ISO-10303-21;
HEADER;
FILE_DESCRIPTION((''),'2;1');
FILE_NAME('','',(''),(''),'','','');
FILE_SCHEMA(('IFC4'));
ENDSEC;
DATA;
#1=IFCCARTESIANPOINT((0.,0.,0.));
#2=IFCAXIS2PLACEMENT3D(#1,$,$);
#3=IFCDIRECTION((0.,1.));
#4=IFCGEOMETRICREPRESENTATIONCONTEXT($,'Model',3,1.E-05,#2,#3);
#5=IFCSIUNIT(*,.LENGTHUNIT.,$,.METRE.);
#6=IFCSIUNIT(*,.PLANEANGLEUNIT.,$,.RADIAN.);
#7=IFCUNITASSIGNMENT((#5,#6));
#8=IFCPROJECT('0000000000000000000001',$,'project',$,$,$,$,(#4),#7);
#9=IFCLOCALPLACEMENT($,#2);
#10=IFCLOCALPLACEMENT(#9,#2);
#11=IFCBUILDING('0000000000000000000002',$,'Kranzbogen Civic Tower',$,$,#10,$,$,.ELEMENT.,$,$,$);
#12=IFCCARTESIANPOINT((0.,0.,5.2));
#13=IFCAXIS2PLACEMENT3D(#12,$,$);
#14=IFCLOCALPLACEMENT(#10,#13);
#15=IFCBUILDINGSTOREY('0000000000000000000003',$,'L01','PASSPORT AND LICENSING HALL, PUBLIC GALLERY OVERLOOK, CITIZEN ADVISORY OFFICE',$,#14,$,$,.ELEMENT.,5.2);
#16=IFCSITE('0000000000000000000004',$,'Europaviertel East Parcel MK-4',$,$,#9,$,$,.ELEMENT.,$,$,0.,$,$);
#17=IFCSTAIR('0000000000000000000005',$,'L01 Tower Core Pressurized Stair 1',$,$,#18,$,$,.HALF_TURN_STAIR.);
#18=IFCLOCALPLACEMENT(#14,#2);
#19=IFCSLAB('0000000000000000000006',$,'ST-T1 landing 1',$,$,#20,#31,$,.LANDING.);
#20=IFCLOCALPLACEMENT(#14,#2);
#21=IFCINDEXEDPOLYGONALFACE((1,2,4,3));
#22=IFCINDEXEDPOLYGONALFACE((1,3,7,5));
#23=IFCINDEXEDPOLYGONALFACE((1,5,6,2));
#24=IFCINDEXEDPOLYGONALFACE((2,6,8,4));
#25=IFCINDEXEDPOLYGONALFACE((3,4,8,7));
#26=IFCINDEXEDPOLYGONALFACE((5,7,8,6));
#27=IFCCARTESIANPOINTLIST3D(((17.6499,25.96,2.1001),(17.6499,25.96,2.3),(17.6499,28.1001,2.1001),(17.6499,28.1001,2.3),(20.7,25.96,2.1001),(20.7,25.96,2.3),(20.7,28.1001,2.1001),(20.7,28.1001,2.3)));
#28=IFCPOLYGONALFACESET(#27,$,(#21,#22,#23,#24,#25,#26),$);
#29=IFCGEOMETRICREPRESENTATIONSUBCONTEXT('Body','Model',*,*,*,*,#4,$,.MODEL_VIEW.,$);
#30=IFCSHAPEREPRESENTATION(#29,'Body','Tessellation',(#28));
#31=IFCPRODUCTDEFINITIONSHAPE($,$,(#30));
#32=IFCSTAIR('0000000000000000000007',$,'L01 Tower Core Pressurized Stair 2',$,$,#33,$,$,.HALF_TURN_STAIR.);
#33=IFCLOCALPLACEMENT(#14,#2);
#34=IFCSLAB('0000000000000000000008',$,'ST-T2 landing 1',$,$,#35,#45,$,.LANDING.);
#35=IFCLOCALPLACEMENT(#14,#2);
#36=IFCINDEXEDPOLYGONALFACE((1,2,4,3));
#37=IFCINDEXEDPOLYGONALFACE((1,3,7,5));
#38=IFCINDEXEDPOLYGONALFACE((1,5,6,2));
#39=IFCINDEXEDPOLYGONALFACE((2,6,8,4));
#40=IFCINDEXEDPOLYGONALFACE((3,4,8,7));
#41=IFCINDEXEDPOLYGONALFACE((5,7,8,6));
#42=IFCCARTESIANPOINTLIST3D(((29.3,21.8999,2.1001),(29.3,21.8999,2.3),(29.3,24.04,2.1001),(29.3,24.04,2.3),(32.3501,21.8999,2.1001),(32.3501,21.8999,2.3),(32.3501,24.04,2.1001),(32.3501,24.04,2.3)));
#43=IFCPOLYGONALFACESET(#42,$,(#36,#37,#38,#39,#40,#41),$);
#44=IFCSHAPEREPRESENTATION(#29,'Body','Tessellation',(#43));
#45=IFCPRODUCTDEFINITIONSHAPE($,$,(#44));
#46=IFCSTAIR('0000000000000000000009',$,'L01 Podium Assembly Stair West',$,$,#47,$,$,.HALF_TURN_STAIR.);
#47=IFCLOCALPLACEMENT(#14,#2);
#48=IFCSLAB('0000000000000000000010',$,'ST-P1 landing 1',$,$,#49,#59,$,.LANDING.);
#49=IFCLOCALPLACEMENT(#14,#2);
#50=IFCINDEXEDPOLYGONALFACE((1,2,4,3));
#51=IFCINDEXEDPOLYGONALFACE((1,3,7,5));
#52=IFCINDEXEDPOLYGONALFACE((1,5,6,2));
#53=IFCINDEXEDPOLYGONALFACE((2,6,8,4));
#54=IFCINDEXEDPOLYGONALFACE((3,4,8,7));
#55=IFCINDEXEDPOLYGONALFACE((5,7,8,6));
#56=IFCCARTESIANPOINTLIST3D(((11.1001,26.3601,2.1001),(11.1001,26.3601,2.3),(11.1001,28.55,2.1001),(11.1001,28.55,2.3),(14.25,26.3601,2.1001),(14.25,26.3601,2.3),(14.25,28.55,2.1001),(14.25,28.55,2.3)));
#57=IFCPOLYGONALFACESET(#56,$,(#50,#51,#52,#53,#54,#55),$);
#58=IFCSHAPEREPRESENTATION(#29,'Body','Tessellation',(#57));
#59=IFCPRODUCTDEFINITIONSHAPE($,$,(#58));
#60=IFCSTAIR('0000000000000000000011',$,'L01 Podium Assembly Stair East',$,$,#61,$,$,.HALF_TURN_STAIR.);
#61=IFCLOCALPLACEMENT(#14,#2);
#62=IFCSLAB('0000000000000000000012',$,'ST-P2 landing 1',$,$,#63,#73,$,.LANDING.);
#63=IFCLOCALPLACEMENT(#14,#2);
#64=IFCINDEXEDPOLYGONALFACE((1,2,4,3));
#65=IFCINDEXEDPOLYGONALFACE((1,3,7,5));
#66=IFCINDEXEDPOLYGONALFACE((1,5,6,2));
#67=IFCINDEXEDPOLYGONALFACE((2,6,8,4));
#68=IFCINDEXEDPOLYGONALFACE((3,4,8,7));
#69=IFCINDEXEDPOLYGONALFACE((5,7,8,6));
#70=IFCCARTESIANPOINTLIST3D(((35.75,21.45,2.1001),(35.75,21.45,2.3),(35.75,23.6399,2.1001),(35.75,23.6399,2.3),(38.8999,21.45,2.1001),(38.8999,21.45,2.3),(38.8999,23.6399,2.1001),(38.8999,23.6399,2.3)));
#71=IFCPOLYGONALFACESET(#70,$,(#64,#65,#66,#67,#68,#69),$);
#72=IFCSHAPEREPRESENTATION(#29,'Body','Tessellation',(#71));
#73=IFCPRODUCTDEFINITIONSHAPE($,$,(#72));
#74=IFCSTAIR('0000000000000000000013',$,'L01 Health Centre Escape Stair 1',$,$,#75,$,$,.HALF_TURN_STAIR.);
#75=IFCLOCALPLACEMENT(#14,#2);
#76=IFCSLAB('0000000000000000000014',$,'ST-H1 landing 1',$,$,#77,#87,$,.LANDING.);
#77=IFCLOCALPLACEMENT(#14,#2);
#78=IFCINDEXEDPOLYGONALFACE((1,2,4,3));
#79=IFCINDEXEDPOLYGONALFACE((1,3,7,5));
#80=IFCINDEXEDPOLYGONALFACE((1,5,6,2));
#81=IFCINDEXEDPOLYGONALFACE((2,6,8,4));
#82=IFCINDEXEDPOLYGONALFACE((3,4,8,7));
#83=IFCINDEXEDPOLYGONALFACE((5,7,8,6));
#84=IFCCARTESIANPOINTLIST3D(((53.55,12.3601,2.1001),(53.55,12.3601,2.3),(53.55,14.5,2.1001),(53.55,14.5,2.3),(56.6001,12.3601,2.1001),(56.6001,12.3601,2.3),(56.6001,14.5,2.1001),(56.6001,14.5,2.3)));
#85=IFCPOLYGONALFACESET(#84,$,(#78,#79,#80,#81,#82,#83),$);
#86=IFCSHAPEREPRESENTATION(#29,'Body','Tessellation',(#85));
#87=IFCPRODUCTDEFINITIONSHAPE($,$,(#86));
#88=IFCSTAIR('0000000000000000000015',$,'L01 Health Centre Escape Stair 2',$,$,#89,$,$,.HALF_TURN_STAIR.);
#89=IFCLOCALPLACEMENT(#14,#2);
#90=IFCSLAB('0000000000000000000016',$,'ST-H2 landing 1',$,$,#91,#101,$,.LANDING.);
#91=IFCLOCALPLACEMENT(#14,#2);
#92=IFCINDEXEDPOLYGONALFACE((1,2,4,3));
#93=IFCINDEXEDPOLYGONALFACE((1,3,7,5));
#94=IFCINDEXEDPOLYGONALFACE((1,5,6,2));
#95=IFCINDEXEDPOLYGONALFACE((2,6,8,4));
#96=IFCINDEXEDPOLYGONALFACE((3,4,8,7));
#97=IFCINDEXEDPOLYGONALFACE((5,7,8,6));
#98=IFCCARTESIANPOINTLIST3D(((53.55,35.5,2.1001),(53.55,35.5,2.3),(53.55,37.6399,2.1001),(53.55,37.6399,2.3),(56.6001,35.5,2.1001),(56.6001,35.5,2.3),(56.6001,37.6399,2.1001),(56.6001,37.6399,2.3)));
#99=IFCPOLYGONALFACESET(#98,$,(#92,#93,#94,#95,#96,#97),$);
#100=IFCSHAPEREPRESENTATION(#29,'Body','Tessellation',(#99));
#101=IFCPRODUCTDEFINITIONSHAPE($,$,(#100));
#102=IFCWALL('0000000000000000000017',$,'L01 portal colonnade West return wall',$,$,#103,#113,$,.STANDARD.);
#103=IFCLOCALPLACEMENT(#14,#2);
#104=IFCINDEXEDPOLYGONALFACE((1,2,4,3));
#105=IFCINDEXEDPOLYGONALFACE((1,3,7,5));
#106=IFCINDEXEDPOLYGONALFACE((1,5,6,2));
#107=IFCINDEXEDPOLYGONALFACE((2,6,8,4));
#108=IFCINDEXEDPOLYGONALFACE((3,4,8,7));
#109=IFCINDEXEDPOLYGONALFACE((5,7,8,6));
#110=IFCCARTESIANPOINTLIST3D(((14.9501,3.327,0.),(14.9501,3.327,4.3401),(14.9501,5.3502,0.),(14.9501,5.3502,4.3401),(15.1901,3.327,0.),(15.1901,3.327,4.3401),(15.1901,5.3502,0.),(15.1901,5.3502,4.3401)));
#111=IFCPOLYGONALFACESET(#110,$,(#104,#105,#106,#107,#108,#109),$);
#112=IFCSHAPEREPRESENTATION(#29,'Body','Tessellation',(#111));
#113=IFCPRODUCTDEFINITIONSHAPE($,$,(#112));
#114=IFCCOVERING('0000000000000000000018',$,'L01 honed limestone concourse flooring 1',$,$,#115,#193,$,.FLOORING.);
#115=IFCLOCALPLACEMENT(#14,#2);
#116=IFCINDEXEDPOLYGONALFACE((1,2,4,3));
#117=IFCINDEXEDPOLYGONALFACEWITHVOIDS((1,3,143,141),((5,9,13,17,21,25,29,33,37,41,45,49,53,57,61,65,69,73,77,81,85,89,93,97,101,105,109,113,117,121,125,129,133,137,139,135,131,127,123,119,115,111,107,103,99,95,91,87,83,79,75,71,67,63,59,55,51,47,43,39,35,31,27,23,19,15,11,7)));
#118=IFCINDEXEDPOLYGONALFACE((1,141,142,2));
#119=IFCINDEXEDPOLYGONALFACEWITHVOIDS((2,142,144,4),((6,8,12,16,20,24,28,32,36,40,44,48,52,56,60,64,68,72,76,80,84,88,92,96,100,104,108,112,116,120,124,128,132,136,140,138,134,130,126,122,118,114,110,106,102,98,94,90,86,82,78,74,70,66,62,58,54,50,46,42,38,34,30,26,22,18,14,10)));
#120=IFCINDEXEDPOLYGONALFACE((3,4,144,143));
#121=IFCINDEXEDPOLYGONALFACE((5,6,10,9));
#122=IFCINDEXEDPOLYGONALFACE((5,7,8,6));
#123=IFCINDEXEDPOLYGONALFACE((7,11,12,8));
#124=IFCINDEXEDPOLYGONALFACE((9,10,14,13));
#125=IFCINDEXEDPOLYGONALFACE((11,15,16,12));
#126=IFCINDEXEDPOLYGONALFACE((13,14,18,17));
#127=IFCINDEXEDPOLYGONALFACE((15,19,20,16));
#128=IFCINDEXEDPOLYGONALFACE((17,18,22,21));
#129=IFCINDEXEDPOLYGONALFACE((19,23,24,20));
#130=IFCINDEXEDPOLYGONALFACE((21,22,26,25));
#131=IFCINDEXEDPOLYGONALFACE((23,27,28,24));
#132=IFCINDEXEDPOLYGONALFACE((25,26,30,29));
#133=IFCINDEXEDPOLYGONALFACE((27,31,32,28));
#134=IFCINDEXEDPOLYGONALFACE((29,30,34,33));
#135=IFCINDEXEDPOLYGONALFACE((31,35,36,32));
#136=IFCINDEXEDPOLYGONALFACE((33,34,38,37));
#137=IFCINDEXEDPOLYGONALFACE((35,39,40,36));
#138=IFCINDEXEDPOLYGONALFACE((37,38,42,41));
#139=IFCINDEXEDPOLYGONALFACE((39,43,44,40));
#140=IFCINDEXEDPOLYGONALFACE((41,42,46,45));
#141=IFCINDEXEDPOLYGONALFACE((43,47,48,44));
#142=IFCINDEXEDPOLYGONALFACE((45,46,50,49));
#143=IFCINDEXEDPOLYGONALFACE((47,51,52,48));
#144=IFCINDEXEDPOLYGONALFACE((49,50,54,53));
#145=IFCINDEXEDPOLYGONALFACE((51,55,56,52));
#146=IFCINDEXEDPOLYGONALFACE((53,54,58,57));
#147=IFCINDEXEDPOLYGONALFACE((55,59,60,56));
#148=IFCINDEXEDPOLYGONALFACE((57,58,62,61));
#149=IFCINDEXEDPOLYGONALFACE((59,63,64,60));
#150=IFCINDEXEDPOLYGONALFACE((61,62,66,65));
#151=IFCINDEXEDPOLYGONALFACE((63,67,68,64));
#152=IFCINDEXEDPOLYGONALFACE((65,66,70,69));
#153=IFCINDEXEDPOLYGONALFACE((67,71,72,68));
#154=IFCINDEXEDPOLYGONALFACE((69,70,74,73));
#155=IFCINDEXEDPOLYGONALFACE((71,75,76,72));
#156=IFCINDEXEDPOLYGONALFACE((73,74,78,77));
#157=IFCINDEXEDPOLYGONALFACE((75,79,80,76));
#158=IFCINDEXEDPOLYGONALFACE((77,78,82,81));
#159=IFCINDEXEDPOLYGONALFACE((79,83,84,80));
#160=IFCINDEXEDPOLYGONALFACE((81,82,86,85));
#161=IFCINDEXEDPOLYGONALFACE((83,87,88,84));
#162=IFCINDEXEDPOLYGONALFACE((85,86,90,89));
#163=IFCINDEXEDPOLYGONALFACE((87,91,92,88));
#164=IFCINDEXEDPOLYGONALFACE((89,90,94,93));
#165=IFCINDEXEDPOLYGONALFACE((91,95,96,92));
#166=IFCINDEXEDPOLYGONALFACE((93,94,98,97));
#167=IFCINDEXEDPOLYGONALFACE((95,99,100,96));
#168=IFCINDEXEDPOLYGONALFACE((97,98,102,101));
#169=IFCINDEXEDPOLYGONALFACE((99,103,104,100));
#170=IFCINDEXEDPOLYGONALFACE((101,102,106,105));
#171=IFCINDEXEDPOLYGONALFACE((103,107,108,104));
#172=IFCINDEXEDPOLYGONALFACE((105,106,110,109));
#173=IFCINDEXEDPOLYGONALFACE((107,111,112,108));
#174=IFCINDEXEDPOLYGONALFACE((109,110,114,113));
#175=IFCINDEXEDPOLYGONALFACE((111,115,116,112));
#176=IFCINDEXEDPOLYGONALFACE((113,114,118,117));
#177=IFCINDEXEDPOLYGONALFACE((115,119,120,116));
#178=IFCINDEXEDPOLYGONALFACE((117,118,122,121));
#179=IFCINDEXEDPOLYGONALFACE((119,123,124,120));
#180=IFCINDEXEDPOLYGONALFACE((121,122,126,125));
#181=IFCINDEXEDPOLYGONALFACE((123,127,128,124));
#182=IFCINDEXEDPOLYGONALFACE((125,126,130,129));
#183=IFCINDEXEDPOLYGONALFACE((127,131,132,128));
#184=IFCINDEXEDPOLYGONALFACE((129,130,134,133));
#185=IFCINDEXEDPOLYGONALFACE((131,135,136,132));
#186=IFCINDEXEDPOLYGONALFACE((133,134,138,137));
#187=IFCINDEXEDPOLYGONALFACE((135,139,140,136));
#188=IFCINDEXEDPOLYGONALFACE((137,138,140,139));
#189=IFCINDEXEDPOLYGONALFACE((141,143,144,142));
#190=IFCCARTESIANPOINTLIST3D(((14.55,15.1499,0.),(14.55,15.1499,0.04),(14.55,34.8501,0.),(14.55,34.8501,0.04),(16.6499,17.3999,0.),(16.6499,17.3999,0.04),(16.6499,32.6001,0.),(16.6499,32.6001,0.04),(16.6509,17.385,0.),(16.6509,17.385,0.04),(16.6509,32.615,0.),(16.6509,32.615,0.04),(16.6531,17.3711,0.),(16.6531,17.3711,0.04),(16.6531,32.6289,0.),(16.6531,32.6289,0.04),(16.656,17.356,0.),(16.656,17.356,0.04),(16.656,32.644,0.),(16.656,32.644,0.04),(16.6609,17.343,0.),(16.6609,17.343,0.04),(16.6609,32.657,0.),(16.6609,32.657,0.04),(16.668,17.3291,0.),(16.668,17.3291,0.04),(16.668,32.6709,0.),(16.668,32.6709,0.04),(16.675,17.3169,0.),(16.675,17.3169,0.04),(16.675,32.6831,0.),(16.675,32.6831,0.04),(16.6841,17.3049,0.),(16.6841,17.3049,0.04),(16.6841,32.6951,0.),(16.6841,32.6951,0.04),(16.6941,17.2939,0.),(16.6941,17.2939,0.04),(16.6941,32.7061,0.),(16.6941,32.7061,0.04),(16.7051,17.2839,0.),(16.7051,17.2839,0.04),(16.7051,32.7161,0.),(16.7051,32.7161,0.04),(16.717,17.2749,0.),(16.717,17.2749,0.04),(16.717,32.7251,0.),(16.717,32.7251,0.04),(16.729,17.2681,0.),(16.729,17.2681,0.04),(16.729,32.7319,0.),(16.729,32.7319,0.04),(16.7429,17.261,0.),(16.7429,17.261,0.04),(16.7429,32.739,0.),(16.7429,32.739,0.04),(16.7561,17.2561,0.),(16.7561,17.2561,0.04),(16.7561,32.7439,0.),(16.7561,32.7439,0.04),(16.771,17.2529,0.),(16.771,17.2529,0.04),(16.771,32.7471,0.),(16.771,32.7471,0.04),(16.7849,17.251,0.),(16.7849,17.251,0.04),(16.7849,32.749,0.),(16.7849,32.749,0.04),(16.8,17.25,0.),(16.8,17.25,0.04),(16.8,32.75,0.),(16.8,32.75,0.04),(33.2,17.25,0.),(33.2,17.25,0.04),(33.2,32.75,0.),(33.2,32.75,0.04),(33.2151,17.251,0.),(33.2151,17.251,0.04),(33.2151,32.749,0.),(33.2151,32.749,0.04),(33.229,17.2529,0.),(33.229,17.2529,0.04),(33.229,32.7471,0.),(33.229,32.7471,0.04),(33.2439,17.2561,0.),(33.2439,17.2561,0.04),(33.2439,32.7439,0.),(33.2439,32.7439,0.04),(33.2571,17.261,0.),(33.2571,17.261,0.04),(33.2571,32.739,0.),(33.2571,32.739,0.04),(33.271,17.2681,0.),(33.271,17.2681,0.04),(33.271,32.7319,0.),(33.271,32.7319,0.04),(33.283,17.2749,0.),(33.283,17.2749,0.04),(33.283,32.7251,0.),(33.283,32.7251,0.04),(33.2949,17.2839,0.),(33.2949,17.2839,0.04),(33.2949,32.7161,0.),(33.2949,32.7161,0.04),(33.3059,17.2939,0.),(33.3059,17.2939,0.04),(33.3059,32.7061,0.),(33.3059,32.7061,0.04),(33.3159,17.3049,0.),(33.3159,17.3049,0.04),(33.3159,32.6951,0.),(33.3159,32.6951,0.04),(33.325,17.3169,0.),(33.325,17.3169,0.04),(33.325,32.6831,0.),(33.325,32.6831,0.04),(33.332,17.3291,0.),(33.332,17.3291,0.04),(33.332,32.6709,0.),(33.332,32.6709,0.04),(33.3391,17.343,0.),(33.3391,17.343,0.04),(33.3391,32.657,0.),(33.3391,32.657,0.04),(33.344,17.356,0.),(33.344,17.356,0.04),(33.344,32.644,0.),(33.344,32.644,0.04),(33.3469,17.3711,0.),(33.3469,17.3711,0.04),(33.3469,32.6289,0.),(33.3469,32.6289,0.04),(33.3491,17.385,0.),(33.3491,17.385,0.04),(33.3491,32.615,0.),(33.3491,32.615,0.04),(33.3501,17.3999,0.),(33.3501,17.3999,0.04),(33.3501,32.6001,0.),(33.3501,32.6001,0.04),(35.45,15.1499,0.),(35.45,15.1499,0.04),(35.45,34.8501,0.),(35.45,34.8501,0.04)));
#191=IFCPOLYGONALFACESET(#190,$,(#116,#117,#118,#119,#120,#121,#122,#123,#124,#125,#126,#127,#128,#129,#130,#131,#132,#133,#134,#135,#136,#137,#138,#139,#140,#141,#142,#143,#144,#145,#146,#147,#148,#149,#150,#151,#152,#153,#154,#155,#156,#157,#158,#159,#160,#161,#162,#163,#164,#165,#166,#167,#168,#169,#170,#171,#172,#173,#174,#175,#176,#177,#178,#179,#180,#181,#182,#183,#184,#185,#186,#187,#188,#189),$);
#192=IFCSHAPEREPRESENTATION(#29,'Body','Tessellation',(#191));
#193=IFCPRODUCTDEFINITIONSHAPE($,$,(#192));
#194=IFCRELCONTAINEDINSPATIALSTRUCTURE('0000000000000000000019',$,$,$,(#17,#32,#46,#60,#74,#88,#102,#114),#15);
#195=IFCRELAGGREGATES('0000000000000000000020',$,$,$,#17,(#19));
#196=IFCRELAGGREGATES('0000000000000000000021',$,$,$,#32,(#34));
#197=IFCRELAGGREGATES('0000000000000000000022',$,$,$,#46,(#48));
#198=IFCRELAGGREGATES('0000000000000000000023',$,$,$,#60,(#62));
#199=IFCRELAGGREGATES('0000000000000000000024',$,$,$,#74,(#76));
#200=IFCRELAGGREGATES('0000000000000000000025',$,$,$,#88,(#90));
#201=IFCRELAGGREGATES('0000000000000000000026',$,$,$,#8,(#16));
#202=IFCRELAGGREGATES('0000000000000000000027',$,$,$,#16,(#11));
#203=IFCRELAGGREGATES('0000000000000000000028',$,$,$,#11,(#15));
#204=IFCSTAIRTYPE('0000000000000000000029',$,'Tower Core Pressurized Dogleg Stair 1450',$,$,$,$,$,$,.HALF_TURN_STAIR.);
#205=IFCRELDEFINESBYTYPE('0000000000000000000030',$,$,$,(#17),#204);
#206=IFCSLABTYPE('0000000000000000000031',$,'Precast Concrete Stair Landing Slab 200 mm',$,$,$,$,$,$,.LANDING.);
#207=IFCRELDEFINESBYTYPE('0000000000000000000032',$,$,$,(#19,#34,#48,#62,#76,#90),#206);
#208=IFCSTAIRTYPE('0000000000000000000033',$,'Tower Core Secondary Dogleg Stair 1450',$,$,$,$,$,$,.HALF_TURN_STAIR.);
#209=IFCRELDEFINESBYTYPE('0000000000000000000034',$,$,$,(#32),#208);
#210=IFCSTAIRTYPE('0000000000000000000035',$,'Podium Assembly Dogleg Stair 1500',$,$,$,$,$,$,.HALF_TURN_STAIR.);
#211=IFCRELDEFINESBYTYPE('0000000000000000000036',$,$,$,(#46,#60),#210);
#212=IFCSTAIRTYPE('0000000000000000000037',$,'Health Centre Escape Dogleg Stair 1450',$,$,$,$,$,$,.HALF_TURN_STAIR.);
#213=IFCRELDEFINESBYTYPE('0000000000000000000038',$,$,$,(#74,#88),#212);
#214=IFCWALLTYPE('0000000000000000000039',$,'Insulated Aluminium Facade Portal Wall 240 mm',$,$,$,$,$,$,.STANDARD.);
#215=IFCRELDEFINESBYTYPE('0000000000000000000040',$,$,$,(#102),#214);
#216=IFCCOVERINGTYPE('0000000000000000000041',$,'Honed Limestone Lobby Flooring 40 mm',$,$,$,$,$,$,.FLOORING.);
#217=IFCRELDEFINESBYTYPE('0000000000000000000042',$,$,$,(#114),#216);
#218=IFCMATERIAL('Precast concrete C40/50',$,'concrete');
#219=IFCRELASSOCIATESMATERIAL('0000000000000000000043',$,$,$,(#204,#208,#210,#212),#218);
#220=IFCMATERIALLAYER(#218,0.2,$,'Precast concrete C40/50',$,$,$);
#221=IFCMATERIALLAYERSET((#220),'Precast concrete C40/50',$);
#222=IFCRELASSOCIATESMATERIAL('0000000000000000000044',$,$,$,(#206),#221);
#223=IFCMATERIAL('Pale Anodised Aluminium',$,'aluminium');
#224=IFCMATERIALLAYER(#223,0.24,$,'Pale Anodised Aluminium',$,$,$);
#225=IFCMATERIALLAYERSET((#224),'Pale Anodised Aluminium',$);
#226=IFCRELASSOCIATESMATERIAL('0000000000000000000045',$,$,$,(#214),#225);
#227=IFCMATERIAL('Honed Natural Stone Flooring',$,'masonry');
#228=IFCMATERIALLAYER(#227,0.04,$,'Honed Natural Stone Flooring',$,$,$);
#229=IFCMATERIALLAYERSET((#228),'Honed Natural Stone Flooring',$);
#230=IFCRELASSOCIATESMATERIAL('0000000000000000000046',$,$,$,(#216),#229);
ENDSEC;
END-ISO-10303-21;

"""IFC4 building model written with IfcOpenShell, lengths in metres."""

from ifc_helpers import new_model, si_unit, direction, frame, frame_2d, origin, place, context, subcontext, project, spatial, polyline, rectangle, outline, extrude, material, layer, layer_set, type_object, element, aggregate, save


model = new_model("IFC4")

# Units and contexts
model_context = context("Model", 3, precision=1e-05, world=origin(), true_north=direction((0.0, 1.0)))
body_context = subcontext(model_context, "Body", "Model", "MODEL_VIEW")
ifc_project = project(units=[si_unit("LENGTHUNIT", "METRE"), si_unit("PLANEANGLEUNIT", "RADIAN")], contexts=[model_context])

# Site, building, storey
site_placement = place(None, origin())
site = spatial("IfcSite", under=ifc_project, at=site_placement, Name="Europaviertel East Parcel MK-4", CompositionType="ELEMENT", RefElevation=0.0)
building_placement = place(site_placement, origin())
building = spatial("IfcBuilding", under=site, at=building_placement, Name="Kranzbogen Civic Tower", CompositionType="ELEMENT")
storey_placement = place(building_placement, frame((0.0, 0.0, 5.2)))
storey = spatial("IfcBuildingStorey", under=building, at=storey_placement, Name="L01", Description="PASSPORT AND LICENSING HALL, PUBLIC GALLERY OVERLOOK, CITIZEN ADVISORY OFFICE", CompositionType="ELEMENT", Elevation=5.2)

# Shared definitions
ifc_material_1 = material(Name="Pale Anodised Aluminium", Category="aluminium")

# Stairs, slabs
ifc_material_2 = material(Name="Precast concrete C40/50", Category="concrete")
stair_type_1 = type_object("IfcStairType", Name="Tower Core Pressurized Dogleg Stair 1450", PredefinedType="HALF_TURN_STAIR", material=ifc_material_2)
stair_1_placement = place(storey_placement, origin())
stair_1 = element("IfcStair", 1, at=stair_1_placement, inside=storey, type_object=stair_type_1, Name="L01 Tower Core Pressurized Stair 1", PredefinedType="HALF_TURN_STAIR")
ifc_layer_1 = layer(ifc_material_2, 0.2, Name="Precast concrete C40/50")
ifc_layer_set_1 = layer_set([ifc_layer_1], Name="Precast concrete C40/50")
slab_type_1 = type_object("IfcSlabType", Name="Precast Concrete Stair Landing Slab 200 mm", PredefinedType="LANDING", material=ifc_layer_set_1)
slab_1_placement = place(storey_placement, frame((0.0, 0.0, 2.1001)))
slab_1 = element("IfcSlab", 2, at=slab_1_placement, type_object=slab_type_1, Name="ST-T1 landing 1", PredefinedType="LANDING", context=body_context, shape_type="SweptSolid", body=[
    extrude(outline(polyline([(20.7, 25.96), (20.7, 28.1001), (17.6499, 28.1001), (17.6499, 25.96), (20.7, 25.96)])), origin(), (0.0, 0.0, 1.0), 0.2),
])
aggregate(stair_1, [slab_1])
stair_type_2 = type_object("IfcStairType", Name="Tower Core Secondary Dogleg Stair 1450", PredefinedType="HALF_TURN_STAIR", material=ifc_material_2)
stair_2_placement = place(storey_placement, origin())
stair_2 = element("IfcStair", 3, at=stair_2_placement, inside=storey, type_object=stair_type_2, Name="L01 Tower Core Pressurized Stair 2", PredefinedType="HALF_TURN_STAIR")
slab_2_placement = place(storey_placement, frame((0.0, 0.0, 2.1001)))
slab_2 = element("IfcSlab", 4, at=slab_2_placement, type_object=slab_type_1, Name="ST-T2 landing 1", PredefinedType="LANDING", context=body_context, shape_type="SweptSolid", body=[
    extrude(outline(polyline([(29.3, 24.04), (29.3, 21.8999), (32.3501, 21.8999), (32.3501, 24.04), (29.3, 24.04)])), origin(), (0.0, 0.0, 1.0), 0.2),
])
aggregate(stair_2, [slab_2])
stair_type_3 = type_object("IfcStairType", Name="Podium Assembly Dogleg Stair 1500", PredefinedType="HALF_TURN_STAIR", material=ifc_material_2)
stair_3_placement = place(storey_placement, origin())
stair_3 = element("IfcStair", 5, at=stair_3_placement, inside=storey, type_object=stair_type_3, Name="L01 Podium Assembly Stair West", PredefinedType="HALF_TURN_STAIR")
slab_3_placement = place(storey_placement, frame((0.0, 0.0, 2.1001)))
slab_3 = element("IfcSlab", 6, at=slab_3_placement, type_object=slab_type_1, Name="ST-P1 landing 1", PredefinedType="LANDING", context=body_context, shape_type="SweptSolid", body=[
    extrude(outline(polyline([(14.25, 26.3601), (14.25, 28.55), (11.1001, 28.55), (11.1001, 26.3601), (14.25, 26.3601)])), origin(), (0.0, 0.0, 1.0), 0.2),
])
aggregate(stair_3, [slab_3])
stair_4_placement = place(storey_placement, origin())
stair_4 = element("IfcStair", 7, at=stair_4_placement, inside=storey, type_object=stair_type_3, Name="L01 Podium Assembly Stair East", PredefinedType="HALF_TURN_STAIR")
slab_4_placement = place(storey_placement, frame((0.0, 0.0, 2.1001)))
slab_4 = element("IfcSlab", 8, at=slab_4_placement, type_object=slab_type_1, Name="ST-P2 landing 1", PredefinedType="LANDING", context=body_context, shape_type="SweptSolid", body=[
    extrude(outline(polyline([(35.75, 23.6399), (35.75, 21.45), (38.8999, 21.45), (38.8999, 23.6399), (35.75, 23.6399)])), origin(), (0.0, 0.0, 1.0), 0.2),
])
aggregate(stair_4, [slab_4])
stair_type_4 = type_object("IfcStairType", Name="Health Centre Escape Dogleg Stair 1450", PredefinedType="HALF_TURN_STAIR", material=ifc_material_2)
stair_5_placement = place(storey_placement, origin())
stair_5 = element("IfcStair", 9, at=stair_5_placement, inside=storey, type_object=stair_type_4, Name="L01 Health Centre Escape Stair 1", PredefinedType="HALF_TURN_STAIR")
slab_5_placement = place(storey_placement, frame((0.0, 0.0, 2.1001)))
slab_5 = element("IfcSlab", 10, at=slab_5_placement, type_object=slab_type_1, Name="ST-H1 landing 1", PredefinedType="LANDING", context=body_context, shape_type="SweptSolid", body=[
    extrude(outline(polyline([(56.6001, 12.3601), (56.6001, 14.5), (53.55, 14.5), (53.55, 12.3601), (56.6001, 12.3601)])), origin(), (0.0, 0.0, 1.0), 0.2),
])
aggregate(stair_5, [slab_5])
stair_6_placement = place(storey_placement, origin())
stair_6 = element("IfcStair", 11, at=stair_6_placement, inside=storey, type_object=stair_type_4, Name="L01 Health Centre Escape Stair 2", PredefinedType="HALF_TURN_STAIR")
slab_6_placement = place(storey_placement, frame((0.0, 0.0, 2.1001)))
slab_6 = element("IfcSlab", 12, at=slab_6_placement, type_object=slab_type_1, Name="ST-H2 landing 1", PredefinedType="LANDING", context=body_context, shape_type="SweptSolid", body=[
    extrude(outline(polyline([(53.55, 37.6399), (53.55, 35.5), (56.6001, 35.5), (56.6001, 37.6399), (53.55, 37.6399)])), origin(), (0.0, 0.0, 1.0), 0.2),
])
aggregate(stair_6, [slab_6])

# Wall
ifc_layer_2 = layer(ifc_material_1, 0.24, Name="Pale Anodised Aluminium")
ifc_layer_set_2 = layer_set([ifc_layer_2], Name="Pale Anodised Aluminium")
wall_type = type_object("IfcWallType", Name="Insulated Aluminium Facade Portal Wall 240 mm", PredefinedType="STANDARD", material=ifc_layer_set_2)
wall_placement = place(storey_placement, frame((15.0701, 3.3269, 0.0), z_axis=(0.0, 0.0, 1.0), x_axis=(0.0, 1.0, 0.0)))
element("IfcWall", 13, at=wall_placement, inside=storey, type_object=wall_type, Name="L01 portal colonnade West return wall", PredefinedType="STANDARD", context=body_context, shape_type="SweptSolid", body=[
    extrude(rectangle(XDim=2.0232, YDim=0.24, at=frame_2d((1.0117, 0.0))), origin(), (0.0, 0.0, 1.0), 4.3401),
])

# Covering
ifc_material_3 = material(Name="Honed Natural Stone Flooring", Category="masonry")
ifc_layer_3 = layer(ifc_material_3, 0.04, Name="Honed Natural Stone Flooring")
ifc_layer_set_3 = layer_set([ifc_layer_3], Name="Honed Natural Stone Flooring")
covering_type_1 = type_object("IfcCoveringType", Name="Honed Limestone Lobby Flooring 40 mm", PredefinedType="FLOORING", material=ifc_layer_set_3)
covering_1_placement = place(storey_placement, origin())
element("IfcCovering", 14, at=covering_1_placement, inside=storey, type_object=covering_type_1, Name="L01 honed limestone concourse flooring 1", PredefinedType="FLOORING", context=body_context, shape_type="SweptSolid", body=[
    extrude(outline(polyline([(14.55, 15.1499), (14.55, 34.8501), (35.45, 34.8501), (35.45, 15.1499), (14.55, 15.1499)]), holes=[polyline([(33.3501, 17.3999), (33.3491, 17.385), (33.3469, 17.3711), (33.344, 17.356), (33.3391, 17.343), (33.332, 17.3291), (33.325, 17.3169), (33.3159, 17.3049), (33.3059, 17.2939), (33.2949, 17.2839), (33.283, 17.2749), (33.271, 17.2681), (33.2571, 17.261), (33.2439, 17.2561), (33.229, 17.2529), (33.2151, 17.251), (33.2, 17.25), (16.8, 17.25), (16.7849, 17.251), (16.771, 17.2529), (16.7561, 17.2561), (16.7429, 17.261), (16.729, 17.2681), (16.717, 17.2749), (16.7051, 17.2839), (16.6941, 17.2939), (16.6841, 17.3049), (16.675, 17.3169), (16.668, 17.3291), (16.6609, 17.343), (16.656, 17.356), (16.6531, 17.3711), (16.6509, 17.385), (16.6499, 17.3999), (16.6499, 32.6001), (16.6509, 32.615), (16.6531, 32.6289), (16.656, 32.644), (16.6609, 32.657), (16.668, 32.6709), (16.675, 32.6831), (16.6841, 32.6951), (16.6941, 32.7061), (16.7051, 32.7161), (16.717, 32.7251), (16.729, 32.7319), (16.7429, 32.739), (16.7561, 32.7439), (16.771, 32.7471), (16.7849, 32.749), (16.8, 32.75), (33.2, 32.75), (33.2151, 32.749), (33.229, 32.7471), (33.2439, 32.7439), (33.2571, 32.739), (33.271, 32.7319), (33.283, 32.7251), (33.2949, 32.7161), (33.3059, 32.7061), (33.3159, 32.6951), (33.325, 32.6831), (33.332, 32.6709), (33.3391, 32.657), (33.344, 32.644), (33.3469, 32.6289), (33.3491, 32.615), (33.3501, 32.6001), (33.3501, 17.3999)])]), origin(), (0.0, 0.0, 1.0), 0.04),
])

save(model, "model.ifc")
